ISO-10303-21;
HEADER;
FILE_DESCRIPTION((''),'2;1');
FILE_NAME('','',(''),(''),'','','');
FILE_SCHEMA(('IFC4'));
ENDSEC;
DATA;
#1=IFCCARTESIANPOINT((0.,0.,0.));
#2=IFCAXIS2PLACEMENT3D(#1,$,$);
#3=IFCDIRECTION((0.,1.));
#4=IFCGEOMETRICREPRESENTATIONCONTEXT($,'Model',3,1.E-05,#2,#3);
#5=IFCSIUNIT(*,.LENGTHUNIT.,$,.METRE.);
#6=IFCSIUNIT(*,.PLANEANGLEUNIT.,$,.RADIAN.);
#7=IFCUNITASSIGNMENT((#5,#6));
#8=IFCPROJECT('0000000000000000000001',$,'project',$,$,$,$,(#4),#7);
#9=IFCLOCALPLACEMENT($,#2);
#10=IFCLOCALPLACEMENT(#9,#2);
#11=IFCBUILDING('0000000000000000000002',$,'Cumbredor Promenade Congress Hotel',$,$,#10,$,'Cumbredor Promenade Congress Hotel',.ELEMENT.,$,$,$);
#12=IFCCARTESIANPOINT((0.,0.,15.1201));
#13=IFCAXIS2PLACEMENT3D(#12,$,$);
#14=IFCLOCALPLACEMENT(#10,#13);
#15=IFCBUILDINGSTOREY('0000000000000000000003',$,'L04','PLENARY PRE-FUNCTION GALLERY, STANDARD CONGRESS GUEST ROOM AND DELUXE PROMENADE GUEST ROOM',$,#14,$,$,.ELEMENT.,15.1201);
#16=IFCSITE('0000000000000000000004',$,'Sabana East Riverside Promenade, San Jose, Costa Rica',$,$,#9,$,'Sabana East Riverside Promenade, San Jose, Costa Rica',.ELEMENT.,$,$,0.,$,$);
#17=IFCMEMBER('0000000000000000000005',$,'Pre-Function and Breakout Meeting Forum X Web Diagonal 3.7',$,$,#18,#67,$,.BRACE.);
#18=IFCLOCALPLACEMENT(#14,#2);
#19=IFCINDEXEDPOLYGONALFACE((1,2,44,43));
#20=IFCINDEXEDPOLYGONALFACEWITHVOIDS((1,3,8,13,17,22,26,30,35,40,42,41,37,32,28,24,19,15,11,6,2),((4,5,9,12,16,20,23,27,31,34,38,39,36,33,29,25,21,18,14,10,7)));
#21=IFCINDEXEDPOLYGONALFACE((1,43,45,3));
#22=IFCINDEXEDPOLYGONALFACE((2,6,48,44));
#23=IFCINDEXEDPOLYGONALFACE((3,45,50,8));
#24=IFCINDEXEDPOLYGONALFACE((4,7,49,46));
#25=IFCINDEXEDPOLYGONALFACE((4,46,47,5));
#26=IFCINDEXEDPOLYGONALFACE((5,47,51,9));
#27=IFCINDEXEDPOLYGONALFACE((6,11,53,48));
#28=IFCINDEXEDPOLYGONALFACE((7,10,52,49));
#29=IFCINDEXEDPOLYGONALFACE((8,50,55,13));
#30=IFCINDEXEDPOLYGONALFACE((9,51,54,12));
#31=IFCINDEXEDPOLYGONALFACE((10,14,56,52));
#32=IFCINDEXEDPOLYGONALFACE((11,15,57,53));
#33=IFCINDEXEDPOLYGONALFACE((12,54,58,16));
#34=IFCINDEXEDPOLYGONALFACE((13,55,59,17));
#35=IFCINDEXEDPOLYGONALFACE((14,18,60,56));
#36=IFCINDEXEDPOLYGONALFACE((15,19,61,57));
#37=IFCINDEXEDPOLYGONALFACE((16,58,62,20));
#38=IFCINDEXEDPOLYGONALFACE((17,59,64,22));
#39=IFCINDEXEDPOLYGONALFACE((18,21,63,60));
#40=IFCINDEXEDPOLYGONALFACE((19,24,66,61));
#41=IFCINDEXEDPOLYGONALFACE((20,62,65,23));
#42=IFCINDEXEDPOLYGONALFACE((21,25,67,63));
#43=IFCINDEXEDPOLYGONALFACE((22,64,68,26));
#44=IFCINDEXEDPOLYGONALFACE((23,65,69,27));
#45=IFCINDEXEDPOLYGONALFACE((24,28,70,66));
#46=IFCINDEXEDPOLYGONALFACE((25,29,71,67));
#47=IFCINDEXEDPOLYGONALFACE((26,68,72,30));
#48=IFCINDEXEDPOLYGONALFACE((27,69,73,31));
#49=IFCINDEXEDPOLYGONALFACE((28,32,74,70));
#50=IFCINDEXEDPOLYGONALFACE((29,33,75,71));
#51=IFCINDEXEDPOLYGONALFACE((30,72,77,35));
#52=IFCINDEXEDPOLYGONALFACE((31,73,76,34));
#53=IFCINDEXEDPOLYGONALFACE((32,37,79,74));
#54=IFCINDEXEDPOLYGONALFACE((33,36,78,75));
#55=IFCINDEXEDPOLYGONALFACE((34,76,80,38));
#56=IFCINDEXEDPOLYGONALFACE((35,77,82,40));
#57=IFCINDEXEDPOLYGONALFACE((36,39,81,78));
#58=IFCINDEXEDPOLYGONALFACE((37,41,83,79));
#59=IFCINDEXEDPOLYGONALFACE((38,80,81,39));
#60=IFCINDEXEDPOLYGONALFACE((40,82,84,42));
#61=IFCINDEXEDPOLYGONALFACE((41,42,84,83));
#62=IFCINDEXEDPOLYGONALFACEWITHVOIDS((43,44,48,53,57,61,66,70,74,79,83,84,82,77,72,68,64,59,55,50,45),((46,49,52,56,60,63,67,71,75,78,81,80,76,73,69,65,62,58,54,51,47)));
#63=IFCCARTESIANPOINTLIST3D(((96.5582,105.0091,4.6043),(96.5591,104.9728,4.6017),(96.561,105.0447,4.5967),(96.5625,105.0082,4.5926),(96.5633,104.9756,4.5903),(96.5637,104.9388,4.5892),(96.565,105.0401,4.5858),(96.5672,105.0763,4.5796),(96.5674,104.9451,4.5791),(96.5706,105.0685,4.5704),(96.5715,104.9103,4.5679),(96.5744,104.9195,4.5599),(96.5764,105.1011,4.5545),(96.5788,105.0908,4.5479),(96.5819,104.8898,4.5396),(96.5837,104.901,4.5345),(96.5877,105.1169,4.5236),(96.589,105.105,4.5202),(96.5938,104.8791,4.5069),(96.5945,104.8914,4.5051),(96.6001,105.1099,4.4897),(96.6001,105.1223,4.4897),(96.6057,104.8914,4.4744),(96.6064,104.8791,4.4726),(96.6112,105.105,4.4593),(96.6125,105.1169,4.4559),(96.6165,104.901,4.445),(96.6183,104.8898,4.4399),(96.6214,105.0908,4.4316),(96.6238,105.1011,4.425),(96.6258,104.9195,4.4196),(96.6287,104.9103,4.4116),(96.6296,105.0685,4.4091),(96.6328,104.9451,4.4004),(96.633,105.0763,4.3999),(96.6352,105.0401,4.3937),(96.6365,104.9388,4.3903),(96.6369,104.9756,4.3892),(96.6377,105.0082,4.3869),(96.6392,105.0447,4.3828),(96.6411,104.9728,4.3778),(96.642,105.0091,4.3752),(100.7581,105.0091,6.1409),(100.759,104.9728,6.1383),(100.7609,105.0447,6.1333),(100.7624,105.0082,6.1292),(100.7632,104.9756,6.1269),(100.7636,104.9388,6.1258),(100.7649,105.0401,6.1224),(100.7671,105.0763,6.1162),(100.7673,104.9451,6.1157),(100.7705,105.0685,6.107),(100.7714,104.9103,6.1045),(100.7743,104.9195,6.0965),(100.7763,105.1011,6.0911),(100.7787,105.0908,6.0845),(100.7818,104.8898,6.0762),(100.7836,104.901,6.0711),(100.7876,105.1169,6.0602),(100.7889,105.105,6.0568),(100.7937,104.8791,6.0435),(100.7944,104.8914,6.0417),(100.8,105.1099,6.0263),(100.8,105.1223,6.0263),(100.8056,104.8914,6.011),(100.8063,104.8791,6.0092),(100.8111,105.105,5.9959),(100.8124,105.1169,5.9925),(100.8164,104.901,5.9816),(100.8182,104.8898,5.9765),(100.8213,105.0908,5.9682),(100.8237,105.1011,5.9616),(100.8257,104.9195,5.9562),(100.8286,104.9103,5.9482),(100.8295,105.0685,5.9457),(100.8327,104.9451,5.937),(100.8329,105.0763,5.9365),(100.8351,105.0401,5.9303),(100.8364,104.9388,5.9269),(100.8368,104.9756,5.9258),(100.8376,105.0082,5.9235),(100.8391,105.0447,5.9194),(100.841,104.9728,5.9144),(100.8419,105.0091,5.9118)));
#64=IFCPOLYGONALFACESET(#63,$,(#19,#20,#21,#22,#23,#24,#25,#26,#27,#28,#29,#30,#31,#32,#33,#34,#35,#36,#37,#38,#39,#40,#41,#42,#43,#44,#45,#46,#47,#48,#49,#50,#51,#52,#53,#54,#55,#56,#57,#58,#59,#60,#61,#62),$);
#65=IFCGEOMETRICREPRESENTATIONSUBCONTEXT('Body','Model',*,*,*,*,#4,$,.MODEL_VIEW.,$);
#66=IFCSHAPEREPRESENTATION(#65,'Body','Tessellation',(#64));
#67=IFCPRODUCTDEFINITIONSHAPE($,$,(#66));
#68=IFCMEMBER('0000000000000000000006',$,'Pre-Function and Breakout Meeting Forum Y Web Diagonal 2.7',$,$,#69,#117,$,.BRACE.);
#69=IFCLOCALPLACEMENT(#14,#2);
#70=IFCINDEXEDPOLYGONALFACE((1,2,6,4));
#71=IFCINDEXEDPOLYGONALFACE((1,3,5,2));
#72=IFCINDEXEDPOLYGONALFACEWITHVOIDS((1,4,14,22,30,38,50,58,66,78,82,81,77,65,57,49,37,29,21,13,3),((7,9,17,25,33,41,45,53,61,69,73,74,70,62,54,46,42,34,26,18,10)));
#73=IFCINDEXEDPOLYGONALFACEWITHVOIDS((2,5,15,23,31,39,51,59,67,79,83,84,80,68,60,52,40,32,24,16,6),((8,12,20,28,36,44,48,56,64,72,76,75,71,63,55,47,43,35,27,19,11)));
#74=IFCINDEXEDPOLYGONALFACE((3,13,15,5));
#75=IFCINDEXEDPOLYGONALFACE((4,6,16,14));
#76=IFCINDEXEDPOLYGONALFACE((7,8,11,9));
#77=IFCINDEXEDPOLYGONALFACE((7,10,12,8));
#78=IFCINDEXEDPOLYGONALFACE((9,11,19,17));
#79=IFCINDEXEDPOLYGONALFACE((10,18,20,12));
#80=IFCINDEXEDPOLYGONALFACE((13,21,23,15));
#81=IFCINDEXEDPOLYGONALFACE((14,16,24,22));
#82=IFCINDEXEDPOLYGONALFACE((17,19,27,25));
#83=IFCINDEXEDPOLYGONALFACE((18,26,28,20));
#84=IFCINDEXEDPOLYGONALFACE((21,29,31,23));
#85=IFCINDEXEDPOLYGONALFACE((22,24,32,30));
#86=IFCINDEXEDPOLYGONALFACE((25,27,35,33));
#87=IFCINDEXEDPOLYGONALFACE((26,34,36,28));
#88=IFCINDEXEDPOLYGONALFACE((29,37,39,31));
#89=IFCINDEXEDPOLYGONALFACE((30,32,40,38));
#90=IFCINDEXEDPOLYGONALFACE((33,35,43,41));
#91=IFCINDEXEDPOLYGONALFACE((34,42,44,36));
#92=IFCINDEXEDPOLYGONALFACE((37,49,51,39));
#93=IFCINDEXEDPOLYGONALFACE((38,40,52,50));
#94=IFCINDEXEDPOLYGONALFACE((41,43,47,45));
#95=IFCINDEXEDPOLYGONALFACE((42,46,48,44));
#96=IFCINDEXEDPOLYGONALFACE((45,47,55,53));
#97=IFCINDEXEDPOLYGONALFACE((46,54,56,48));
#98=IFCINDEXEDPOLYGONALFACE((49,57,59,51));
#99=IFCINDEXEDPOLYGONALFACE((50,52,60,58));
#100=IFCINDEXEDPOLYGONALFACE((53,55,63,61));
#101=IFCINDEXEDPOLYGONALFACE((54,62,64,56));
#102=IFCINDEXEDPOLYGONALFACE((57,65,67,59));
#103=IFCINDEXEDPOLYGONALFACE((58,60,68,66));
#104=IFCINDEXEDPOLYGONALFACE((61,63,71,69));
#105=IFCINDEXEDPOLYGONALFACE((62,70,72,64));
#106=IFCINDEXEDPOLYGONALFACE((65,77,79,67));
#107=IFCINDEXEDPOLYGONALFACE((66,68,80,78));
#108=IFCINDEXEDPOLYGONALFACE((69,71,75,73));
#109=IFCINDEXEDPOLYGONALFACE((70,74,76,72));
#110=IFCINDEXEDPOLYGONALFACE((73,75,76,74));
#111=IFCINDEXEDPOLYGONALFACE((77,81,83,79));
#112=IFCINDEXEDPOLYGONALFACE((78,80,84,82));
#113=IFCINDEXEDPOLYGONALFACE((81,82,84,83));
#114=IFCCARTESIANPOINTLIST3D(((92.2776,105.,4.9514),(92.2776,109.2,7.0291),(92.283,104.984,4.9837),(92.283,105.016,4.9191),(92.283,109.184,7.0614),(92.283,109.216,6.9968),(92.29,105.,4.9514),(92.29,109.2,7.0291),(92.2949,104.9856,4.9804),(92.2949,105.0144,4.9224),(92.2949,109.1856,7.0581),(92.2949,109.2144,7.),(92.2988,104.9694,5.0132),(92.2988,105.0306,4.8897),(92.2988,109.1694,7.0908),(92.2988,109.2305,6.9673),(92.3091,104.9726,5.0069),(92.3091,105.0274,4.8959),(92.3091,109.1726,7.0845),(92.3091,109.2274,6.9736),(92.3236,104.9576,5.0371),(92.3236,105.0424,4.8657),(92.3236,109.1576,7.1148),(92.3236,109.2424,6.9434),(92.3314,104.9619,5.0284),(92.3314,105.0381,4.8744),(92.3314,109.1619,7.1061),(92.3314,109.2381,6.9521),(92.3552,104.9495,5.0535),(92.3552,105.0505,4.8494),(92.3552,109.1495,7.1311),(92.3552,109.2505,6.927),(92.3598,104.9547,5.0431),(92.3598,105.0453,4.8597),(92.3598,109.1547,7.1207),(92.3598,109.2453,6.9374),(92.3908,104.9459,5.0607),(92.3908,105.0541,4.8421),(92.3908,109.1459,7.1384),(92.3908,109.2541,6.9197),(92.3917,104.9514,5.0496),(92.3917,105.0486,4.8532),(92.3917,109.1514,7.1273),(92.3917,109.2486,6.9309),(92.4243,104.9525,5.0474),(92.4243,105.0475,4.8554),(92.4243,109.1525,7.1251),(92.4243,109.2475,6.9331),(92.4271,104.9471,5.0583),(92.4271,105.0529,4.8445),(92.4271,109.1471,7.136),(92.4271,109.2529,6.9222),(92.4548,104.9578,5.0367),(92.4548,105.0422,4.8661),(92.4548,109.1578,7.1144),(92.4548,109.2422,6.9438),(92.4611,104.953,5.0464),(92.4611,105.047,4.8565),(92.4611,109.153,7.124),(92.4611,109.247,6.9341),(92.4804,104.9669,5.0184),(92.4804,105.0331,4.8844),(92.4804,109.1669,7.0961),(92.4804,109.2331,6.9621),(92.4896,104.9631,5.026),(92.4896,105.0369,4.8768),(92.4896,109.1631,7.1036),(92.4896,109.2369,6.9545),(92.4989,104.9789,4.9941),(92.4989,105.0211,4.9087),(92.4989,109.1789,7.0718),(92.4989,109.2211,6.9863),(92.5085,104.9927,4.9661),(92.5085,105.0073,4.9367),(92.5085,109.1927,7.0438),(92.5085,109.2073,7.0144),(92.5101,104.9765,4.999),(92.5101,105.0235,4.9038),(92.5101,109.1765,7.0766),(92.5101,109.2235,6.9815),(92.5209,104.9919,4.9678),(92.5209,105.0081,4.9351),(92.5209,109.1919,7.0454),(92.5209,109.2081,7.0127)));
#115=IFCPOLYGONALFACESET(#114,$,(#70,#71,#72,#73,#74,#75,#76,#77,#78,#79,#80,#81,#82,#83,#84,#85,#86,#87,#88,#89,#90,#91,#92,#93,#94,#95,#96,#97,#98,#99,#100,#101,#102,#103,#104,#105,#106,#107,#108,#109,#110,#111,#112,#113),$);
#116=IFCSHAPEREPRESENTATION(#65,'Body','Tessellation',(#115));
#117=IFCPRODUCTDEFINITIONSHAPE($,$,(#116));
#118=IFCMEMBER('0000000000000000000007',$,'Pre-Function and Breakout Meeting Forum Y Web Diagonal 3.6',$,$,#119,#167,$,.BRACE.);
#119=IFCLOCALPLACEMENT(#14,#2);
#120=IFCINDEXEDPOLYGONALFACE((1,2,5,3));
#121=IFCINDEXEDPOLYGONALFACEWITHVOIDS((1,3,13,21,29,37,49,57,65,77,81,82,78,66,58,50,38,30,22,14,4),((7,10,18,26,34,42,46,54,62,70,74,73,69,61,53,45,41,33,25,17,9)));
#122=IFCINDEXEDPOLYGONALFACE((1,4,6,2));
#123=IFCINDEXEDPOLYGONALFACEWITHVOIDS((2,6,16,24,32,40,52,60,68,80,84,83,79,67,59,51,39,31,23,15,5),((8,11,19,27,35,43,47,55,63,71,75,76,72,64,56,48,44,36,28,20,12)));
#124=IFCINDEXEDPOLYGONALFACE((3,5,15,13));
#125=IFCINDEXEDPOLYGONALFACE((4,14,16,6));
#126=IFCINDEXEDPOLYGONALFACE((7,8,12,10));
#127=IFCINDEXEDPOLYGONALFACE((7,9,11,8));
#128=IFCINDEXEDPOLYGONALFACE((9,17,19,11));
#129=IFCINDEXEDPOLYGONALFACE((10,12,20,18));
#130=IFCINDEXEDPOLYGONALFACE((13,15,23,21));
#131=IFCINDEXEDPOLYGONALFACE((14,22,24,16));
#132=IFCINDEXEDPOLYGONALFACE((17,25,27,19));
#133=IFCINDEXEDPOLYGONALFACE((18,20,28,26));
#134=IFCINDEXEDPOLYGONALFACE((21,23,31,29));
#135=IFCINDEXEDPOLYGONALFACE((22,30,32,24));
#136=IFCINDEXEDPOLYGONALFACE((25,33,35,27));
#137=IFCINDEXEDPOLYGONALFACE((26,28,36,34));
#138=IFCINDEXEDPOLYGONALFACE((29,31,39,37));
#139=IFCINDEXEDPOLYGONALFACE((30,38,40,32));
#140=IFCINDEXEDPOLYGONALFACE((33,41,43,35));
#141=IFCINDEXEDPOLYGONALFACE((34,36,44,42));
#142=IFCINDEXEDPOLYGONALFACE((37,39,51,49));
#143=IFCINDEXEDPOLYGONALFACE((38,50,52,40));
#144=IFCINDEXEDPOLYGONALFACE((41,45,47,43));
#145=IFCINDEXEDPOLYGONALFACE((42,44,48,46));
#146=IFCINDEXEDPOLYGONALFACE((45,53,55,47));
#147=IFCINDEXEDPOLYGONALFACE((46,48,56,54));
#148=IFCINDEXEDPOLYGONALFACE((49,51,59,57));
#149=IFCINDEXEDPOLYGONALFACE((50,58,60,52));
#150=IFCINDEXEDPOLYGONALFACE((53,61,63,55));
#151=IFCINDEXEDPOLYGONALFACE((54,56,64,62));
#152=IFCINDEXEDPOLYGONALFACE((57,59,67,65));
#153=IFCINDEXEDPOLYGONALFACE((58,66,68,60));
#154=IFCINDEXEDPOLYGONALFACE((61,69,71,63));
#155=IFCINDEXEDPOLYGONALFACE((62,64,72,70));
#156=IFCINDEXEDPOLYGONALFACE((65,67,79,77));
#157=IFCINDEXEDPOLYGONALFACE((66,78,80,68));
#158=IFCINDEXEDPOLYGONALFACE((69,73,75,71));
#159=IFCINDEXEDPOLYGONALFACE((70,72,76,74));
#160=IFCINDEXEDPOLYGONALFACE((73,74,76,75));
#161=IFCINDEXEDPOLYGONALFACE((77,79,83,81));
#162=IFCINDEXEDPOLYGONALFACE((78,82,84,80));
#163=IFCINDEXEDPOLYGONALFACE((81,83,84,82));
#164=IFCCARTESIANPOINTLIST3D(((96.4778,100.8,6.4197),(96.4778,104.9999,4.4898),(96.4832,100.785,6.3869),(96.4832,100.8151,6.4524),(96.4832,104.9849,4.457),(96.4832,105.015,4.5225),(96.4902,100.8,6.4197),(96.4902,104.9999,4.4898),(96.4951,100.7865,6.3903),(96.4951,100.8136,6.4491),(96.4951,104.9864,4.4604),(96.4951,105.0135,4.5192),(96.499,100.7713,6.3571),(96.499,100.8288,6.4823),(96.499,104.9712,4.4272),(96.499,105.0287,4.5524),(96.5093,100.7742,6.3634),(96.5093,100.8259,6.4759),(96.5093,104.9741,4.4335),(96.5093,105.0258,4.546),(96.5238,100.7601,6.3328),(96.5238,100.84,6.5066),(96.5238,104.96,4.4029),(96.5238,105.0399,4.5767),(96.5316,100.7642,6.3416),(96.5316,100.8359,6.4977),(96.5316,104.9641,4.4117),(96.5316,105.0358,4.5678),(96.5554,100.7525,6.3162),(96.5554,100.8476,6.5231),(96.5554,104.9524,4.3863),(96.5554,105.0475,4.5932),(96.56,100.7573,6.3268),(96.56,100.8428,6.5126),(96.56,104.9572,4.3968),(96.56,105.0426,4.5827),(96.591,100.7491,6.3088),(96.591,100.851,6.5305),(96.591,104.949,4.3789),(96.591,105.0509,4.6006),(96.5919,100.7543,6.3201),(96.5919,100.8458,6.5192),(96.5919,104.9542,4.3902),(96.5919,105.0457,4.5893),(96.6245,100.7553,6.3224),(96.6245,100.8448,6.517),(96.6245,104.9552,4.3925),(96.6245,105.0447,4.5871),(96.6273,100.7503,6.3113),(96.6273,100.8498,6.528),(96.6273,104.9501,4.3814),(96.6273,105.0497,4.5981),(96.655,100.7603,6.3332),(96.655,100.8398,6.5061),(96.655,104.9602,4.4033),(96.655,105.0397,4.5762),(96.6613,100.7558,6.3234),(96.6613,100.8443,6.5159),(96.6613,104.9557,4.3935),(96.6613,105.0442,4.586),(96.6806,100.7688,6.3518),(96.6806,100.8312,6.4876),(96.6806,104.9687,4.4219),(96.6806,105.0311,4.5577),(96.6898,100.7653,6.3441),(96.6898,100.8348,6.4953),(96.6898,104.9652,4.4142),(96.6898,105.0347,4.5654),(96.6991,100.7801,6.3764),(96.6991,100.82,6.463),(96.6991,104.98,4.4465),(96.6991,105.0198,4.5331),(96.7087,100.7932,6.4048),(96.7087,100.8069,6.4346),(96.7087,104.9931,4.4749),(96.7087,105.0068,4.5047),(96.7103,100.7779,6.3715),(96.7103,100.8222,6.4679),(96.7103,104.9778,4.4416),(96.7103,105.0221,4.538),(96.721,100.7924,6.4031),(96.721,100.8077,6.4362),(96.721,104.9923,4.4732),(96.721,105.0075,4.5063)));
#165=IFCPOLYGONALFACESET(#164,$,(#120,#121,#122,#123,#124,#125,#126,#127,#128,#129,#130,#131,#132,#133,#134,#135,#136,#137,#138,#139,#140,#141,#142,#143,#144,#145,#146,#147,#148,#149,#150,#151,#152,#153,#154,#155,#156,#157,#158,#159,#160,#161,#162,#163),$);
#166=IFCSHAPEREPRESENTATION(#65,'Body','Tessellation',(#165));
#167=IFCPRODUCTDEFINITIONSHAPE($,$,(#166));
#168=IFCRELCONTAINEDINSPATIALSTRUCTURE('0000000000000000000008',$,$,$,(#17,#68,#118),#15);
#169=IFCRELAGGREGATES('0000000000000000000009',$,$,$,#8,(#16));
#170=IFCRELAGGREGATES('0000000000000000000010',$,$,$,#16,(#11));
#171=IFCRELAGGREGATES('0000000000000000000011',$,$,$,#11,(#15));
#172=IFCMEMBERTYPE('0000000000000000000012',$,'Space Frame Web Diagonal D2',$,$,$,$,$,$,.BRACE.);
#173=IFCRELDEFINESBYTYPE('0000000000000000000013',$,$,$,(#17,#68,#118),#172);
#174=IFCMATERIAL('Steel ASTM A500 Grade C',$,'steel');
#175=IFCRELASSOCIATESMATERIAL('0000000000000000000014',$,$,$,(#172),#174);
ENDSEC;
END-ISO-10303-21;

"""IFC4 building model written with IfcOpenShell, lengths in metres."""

from ifc_helpers import new_model, si_unit, direction, frame, origin, origin_2d, place, context, subcontext, project, spatial, hollow_circle, extrude, material, material_profile, profile_set, type_object, element, save


model = new_model("IFC4")

# Units and contexts
model_context = context("Model", 3, precision=1e-05, world=origin(), true_north=direction((0.0, 1.0)))
body_context = subcontext(model_context, "Body", "Model", "MODEL_VIEW")
ifc_project = project(units=[si_unit("LENGTHUNIT", "METRE"), si_unit("PLANEANGLEUNIT", "RADIAN")], contexts=[model_context])

# Site, building, storey
site_placement = place(None, origin())
site = spatial("IfcSite", under=ifc_project, at=site_placement, Name="Sabana East Riverside Promenade, San Jose, Costa Rica", LongName="Sabana East Riverside Promenade, San Jose, Costa Rica", CompositionType="ELEMENT", RefElevation=0.0)
building_placement = place(site_placement, origin())
building = spatial("IfcBuilding", under=site, at=building_placement, Name="Cumbredor Promenade Congress Hotel", LongName="Cumbredor Promenade Congress Hotel", CompositionType="ELEMENT")
storey_placement = place(building_placement, frame((0.0, 0.0, 15.1201)))
storey = spatial("IfcBuildingStorey", under=building, at=storey_placement, Name="L04", Description="PLENARY PRE-FUNCTION GALLERY, STANDARD CONGRESS GUEST ROOM AND DELUXE PROMENADE GUEST ROOM", CompositionType="ELEMENT", Elevation=15.1201)

# Members
ifc_material_1 = material(Name="Steel ASTM A500 Grade C", Category="steel")
ifc_material_profile_1 = material_profile(ifc_material_1, hollow_circle(Radius=0.1223, WallThickness=0.0125, at=origin_2d()), Name="CHS 244.5x12.5")
ifc_profile_set_1 = profile_set([ifc_material_profile_1], Name="Steel ASTM A500 Grade C")
member_type_1 = type_object("IfcMemberType", Name="Space Frame Web Diagonal D2", PredefinedType="BRACE", material=ifc_profile_set_1)
member_1_placement = place(storey_placement, frame((96.6001, 105.0, 4.4897), z_axis=(0.939119, 0.0, 0.343592), x_axis=(0.0, 1.0, 0.0)))
element("IfcMember", 1, at=member_1_placement, inside=storey, type_object=member_type_1, Name="Pre-Function and Breakout Meeting Forum X Web Diagonal 3.7", PredefinedType="BRACE", context=body_context, shape_type="SweptSolid", body=[
    extrude(hollow_circle(Radius=0.1223, WallThickness=0.0125, at=origin_2d()), origin(), (0.0, 0.0, 1.0), 4.4722),
])
member_2_placement = place(storey_placement, frame((92.3999, 105.0, 4.9514), z_axis=(0.0, 0.896326, 0.443396), x_axis=(-1.0, 0.0, 0.0)))
element("IfcMember", 2, at=member_2_placement, inside=storey, type_object=member_type_1, Name="Pre-Function and Breakout Meeting Forum Y Web Diagonal 2.7", PredefinedType="BRACE", context=body_context, shape_type="SweptSolid", body=[
    extrude(hollow_circle(Radius=0.1223, WallThickness=0.0125, at=origin_2d()), origin(), (0.0, 0.0, 1.0), 4.6858),
])
member_3_placement = place(storey_placement, frame((96.6001, 100.8, 6.4197), z_axis=(0.0, 0.908658, -0.41754), x_axis=(-1.0, 0.0, 0.0)))
element("IfcMember", 3, at=member_3_placement, inside=storey, type_object=member_type_1, Name="Pre-Function and Breakout Meeting Forum Y Web Diagonal 3.6", PredefinedType="BRACE", context=body_context, shape_type="SweptSolid", body=[
    extrude(hollow_circle(Radius=0.1223, WallThickness=0.0125, at=origin_2d()), origin(), (0.0, 0.0, 1.0), 4.6221),
])

save(model, "model.ifc")
